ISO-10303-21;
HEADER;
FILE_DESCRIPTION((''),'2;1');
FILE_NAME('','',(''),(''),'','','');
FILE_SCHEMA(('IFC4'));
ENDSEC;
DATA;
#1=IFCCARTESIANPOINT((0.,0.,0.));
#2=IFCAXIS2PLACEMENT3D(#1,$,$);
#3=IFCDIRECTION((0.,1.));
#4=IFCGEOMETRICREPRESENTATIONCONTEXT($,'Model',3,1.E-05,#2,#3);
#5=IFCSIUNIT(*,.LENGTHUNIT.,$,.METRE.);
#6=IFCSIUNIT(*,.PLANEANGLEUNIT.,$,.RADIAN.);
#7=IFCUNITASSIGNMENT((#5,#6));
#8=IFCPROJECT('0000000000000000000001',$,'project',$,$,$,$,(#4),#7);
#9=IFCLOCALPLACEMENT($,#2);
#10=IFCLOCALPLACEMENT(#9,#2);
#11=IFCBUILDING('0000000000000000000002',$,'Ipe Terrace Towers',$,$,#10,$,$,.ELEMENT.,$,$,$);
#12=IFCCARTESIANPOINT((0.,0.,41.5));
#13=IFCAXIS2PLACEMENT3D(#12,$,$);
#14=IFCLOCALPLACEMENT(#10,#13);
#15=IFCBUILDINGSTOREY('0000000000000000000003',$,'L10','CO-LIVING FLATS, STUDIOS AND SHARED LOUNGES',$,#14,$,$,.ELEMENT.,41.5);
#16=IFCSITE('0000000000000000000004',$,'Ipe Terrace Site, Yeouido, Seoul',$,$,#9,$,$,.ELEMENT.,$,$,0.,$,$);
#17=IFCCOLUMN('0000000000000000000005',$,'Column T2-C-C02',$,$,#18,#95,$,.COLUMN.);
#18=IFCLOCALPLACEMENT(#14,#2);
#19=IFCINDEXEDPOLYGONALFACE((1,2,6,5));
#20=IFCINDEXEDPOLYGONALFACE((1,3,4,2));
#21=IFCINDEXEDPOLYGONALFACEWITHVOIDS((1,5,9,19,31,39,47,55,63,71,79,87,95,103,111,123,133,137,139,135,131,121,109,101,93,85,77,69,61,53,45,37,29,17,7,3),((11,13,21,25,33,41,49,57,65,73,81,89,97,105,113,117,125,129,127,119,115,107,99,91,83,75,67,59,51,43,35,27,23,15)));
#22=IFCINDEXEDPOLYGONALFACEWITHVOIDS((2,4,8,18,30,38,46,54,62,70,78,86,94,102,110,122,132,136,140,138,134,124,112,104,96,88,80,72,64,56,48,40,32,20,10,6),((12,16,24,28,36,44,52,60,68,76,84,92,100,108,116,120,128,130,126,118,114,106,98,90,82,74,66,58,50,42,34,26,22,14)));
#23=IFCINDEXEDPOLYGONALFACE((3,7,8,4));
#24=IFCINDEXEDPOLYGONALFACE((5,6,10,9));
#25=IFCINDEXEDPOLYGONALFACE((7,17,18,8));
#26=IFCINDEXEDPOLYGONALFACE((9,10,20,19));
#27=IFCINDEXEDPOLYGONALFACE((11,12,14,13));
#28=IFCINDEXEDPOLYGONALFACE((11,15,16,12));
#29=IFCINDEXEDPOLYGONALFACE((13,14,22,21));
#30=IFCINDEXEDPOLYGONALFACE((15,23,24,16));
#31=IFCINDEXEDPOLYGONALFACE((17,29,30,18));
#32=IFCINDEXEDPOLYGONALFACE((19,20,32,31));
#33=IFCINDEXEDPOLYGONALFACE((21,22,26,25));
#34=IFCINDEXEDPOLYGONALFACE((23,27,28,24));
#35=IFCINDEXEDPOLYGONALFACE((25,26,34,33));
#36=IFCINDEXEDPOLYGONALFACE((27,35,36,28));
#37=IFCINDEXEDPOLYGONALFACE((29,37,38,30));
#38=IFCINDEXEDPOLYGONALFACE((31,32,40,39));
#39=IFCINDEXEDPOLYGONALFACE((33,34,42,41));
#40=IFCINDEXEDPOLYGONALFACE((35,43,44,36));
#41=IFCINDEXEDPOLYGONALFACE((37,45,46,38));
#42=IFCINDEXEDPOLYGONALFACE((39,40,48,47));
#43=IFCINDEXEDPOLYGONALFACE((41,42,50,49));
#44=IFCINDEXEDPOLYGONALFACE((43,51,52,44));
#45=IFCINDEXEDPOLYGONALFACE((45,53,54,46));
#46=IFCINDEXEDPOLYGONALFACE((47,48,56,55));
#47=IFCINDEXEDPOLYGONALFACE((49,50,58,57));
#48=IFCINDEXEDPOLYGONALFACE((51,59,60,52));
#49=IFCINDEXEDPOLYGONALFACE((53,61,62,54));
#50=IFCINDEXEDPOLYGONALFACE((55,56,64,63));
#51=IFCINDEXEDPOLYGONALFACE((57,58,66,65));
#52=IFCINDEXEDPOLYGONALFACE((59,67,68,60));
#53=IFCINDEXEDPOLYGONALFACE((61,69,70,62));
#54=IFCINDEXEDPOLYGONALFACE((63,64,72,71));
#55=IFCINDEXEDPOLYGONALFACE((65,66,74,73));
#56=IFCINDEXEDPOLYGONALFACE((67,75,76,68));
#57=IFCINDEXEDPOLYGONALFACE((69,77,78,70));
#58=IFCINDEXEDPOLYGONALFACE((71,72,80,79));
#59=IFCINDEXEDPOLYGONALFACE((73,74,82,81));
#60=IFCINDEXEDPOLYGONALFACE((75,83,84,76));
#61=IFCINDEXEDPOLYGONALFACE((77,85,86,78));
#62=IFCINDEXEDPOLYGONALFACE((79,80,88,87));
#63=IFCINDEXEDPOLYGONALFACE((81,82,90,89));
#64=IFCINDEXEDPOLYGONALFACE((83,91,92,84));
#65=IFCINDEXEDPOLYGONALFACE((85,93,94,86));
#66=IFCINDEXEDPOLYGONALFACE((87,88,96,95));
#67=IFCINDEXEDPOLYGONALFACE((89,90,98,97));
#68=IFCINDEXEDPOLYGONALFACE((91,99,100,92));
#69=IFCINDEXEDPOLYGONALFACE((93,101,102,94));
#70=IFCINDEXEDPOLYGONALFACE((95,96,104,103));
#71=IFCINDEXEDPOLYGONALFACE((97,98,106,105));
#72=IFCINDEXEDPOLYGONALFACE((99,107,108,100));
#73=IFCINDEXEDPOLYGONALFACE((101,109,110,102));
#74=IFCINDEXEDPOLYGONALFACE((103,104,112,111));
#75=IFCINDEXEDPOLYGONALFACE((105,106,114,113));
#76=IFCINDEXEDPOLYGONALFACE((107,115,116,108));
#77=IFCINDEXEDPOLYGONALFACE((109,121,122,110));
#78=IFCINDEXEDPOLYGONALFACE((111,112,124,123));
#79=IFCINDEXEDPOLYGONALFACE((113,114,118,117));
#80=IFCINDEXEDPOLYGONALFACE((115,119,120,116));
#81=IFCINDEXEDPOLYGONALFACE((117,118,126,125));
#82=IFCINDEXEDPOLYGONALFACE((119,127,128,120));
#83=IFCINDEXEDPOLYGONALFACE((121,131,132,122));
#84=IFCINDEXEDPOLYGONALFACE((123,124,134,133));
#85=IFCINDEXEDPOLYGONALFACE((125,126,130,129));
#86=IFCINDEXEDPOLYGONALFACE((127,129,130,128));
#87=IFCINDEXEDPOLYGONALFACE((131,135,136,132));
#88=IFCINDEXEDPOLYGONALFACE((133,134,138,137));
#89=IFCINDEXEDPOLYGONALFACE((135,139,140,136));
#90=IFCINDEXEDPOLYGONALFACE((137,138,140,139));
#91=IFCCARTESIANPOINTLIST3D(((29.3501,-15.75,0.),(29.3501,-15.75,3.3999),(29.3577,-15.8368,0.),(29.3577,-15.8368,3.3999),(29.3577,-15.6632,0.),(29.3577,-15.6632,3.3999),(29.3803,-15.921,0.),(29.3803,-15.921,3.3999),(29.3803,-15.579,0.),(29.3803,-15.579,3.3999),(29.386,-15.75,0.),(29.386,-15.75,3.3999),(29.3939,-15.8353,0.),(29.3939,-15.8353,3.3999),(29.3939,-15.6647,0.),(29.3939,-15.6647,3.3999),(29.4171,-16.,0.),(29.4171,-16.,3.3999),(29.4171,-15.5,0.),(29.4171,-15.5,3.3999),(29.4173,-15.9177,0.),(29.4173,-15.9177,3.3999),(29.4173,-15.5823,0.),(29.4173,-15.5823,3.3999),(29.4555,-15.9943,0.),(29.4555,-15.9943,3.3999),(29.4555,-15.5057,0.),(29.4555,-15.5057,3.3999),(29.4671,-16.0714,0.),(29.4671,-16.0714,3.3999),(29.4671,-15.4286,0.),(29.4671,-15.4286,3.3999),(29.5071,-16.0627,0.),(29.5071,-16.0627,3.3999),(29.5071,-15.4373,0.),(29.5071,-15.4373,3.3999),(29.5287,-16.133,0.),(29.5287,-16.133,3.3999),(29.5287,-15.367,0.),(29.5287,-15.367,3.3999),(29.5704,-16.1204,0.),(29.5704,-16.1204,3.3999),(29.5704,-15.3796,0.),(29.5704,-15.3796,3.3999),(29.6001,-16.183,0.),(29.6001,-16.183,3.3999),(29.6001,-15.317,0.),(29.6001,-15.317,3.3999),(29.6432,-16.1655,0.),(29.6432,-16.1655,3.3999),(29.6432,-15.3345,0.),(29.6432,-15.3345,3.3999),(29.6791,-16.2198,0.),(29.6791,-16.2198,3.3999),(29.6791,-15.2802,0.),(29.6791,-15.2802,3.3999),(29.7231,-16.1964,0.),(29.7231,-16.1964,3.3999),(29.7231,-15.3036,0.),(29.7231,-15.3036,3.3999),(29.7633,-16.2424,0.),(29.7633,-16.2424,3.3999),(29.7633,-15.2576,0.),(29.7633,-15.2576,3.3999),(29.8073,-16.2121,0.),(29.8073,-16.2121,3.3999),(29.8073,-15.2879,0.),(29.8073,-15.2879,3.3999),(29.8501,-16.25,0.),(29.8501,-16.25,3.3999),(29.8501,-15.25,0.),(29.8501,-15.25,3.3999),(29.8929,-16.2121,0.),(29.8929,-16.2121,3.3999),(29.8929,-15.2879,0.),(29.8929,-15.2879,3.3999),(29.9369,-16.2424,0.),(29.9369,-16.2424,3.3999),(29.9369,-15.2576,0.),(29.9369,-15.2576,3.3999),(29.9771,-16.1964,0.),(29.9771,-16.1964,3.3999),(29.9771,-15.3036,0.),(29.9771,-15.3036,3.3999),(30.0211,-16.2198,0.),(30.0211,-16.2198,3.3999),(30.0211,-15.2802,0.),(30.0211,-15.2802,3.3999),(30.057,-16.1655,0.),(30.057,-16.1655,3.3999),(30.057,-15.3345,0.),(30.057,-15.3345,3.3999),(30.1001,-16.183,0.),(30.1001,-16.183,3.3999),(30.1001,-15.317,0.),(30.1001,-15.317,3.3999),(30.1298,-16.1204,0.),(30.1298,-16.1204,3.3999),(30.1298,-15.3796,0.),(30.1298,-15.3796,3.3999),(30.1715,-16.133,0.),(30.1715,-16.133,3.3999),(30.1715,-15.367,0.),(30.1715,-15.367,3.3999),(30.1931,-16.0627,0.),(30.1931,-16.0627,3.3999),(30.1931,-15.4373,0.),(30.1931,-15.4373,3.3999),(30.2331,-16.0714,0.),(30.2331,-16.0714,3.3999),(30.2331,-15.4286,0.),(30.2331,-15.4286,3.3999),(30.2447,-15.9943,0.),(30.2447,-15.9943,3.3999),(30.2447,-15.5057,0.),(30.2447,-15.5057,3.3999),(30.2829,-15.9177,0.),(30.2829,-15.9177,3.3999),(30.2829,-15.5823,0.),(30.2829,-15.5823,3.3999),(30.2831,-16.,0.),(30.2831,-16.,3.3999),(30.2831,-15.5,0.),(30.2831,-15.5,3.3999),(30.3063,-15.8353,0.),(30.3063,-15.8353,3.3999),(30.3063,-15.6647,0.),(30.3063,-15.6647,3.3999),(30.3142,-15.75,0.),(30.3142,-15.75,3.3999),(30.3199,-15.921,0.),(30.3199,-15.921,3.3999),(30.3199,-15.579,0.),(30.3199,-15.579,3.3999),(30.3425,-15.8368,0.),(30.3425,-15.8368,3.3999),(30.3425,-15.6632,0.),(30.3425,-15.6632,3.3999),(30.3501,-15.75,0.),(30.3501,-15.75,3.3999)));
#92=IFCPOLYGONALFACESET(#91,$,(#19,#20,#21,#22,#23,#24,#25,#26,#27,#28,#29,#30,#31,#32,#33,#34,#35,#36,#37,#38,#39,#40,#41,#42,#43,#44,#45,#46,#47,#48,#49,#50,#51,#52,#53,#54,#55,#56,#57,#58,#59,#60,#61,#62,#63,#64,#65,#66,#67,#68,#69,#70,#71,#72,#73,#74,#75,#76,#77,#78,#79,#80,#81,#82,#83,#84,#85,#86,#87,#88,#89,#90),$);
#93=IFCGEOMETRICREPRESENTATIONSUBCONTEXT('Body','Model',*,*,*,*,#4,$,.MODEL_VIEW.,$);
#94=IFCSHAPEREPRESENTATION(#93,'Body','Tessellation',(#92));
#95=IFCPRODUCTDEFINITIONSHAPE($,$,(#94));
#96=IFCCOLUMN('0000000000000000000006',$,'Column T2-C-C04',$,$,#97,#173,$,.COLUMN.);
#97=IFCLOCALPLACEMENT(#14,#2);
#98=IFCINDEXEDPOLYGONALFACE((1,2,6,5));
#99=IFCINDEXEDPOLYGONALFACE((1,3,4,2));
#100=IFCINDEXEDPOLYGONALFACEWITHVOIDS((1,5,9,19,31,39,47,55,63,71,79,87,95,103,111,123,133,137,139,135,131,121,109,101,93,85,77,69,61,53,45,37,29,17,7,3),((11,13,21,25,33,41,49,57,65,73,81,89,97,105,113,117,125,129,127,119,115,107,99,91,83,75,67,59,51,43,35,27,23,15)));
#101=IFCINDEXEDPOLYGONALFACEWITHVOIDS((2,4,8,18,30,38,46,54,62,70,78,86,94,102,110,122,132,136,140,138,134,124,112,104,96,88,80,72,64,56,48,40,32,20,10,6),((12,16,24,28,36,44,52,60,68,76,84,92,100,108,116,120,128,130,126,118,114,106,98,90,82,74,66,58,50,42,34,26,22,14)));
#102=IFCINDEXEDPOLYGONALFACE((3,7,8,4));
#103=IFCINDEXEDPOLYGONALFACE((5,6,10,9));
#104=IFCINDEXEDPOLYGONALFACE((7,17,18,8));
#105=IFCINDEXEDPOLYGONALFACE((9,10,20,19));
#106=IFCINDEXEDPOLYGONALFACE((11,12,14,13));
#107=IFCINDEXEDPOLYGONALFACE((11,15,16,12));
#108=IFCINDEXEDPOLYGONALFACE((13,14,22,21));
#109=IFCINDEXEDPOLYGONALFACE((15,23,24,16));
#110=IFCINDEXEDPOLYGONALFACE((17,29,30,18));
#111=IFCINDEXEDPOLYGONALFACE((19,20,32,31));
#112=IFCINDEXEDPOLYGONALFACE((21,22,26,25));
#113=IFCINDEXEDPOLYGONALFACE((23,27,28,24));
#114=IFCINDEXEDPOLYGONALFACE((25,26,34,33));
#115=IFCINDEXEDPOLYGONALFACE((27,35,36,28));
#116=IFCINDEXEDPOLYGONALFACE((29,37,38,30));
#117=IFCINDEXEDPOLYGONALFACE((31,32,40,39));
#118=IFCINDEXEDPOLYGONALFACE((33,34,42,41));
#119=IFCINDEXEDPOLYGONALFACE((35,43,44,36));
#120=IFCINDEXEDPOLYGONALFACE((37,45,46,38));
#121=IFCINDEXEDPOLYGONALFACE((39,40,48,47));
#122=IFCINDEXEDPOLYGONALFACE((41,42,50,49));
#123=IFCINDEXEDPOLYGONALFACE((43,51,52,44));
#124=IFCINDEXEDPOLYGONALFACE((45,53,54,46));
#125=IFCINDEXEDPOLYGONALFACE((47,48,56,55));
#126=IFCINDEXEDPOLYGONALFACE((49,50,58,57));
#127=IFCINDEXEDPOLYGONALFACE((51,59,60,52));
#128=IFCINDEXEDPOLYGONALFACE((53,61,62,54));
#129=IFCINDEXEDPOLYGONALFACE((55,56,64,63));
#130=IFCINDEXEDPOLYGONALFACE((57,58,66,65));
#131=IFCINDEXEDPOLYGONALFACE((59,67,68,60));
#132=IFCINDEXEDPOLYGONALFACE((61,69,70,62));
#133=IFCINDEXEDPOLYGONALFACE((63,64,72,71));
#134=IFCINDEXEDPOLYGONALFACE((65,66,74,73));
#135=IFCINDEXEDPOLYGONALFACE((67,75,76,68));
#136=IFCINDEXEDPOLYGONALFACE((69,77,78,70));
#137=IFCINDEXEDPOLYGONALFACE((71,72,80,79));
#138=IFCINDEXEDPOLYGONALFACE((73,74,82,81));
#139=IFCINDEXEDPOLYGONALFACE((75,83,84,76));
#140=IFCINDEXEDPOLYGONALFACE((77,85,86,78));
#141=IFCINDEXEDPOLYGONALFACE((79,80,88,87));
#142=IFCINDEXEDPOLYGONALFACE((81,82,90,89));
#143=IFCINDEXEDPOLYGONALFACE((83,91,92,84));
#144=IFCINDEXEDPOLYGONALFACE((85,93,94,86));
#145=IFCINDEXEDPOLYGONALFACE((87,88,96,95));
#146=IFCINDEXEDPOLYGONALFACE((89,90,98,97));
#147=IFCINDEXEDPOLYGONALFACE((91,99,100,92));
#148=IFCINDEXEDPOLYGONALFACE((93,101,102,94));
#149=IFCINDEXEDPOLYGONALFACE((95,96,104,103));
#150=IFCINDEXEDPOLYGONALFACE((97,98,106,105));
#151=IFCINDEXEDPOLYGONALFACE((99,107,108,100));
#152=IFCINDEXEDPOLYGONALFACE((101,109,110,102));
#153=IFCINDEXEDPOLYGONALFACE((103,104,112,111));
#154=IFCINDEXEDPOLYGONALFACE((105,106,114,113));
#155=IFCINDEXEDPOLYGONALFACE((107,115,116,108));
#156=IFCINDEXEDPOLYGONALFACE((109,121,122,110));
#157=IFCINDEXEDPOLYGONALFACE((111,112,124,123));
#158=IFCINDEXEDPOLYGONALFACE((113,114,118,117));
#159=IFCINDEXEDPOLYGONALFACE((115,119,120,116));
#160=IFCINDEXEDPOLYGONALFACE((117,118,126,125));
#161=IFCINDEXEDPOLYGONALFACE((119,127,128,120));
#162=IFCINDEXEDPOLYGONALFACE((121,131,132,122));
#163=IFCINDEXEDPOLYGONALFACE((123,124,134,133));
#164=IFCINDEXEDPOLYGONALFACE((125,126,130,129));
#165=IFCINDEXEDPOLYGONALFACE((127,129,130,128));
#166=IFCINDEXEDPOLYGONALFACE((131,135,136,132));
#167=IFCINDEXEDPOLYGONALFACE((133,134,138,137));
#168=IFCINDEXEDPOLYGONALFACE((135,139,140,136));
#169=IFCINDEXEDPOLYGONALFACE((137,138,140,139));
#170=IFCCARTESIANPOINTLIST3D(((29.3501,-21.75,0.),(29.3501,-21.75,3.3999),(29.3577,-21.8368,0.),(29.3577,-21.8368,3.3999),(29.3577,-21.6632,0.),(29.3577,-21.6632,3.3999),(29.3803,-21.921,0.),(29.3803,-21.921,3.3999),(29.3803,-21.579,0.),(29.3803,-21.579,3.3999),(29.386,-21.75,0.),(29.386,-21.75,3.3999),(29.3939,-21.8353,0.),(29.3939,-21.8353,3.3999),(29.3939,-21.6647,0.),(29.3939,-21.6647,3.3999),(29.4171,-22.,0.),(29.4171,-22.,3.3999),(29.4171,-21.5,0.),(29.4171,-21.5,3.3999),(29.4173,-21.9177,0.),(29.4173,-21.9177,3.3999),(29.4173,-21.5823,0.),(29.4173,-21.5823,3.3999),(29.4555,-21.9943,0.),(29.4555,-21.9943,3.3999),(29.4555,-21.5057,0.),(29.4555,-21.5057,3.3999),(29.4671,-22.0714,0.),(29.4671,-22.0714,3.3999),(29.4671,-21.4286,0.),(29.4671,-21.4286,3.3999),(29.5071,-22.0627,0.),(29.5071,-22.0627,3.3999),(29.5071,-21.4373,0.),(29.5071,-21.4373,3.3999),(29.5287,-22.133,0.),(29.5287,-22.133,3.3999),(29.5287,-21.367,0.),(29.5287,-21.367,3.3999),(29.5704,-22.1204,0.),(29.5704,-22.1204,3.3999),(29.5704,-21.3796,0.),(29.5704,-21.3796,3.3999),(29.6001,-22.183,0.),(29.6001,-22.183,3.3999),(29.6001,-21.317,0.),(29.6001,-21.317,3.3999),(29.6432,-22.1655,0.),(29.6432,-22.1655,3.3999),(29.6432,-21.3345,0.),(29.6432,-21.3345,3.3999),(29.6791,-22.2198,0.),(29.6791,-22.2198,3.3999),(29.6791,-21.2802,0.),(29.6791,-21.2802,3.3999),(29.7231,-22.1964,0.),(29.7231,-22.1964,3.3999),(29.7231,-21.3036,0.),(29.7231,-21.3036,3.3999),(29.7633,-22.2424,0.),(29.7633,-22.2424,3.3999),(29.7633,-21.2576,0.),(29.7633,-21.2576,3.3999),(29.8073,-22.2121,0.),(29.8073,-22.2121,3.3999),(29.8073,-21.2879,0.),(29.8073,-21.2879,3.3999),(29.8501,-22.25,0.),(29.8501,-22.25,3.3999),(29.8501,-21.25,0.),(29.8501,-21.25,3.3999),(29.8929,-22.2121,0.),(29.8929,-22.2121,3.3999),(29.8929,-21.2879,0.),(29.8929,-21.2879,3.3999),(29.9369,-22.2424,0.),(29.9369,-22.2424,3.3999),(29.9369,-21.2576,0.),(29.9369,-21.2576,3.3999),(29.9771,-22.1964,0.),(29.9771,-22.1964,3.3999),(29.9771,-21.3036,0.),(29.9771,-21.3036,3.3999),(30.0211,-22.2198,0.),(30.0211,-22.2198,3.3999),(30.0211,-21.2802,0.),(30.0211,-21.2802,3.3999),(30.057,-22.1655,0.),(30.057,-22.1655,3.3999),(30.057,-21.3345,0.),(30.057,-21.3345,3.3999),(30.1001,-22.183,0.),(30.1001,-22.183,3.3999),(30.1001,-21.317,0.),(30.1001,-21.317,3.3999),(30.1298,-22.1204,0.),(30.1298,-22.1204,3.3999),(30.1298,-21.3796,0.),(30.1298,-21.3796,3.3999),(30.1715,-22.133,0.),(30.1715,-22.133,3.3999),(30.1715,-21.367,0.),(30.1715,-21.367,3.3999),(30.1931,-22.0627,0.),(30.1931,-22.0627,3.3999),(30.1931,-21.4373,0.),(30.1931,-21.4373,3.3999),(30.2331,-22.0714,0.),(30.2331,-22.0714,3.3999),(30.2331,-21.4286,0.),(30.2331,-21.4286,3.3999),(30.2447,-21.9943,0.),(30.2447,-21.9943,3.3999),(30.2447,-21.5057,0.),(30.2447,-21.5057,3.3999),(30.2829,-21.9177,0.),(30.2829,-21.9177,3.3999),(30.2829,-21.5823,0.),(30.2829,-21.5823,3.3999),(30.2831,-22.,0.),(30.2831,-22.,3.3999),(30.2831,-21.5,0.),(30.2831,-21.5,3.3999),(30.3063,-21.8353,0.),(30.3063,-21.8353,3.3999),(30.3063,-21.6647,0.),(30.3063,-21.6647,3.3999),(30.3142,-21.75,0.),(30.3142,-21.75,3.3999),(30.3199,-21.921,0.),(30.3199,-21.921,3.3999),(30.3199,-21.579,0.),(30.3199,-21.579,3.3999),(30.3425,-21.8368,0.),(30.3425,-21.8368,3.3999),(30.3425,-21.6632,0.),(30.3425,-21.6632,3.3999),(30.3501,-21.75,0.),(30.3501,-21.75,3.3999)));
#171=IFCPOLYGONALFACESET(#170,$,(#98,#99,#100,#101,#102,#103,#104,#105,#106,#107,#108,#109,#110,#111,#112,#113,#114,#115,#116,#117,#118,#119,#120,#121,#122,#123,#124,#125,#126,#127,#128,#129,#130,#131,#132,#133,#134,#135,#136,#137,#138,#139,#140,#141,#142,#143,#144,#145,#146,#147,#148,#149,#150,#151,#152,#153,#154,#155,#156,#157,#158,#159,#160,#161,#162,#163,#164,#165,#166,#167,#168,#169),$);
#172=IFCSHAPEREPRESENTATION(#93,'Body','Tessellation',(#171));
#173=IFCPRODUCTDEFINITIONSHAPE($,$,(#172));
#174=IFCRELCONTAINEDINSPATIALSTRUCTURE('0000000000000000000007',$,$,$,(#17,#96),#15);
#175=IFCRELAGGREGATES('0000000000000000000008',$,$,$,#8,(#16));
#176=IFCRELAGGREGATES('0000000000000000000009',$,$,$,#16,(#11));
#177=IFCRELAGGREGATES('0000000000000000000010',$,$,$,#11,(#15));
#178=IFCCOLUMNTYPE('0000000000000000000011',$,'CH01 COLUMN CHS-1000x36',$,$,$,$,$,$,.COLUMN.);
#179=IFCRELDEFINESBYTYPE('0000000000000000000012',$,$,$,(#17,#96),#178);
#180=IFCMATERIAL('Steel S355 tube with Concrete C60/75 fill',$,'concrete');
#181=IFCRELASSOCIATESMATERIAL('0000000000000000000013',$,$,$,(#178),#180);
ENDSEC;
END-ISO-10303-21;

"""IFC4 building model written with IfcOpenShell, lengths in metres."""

from ifc_helpers import new_model, si_unit, direction, frame, origin, origin_2d, place, context, subcontext, project, spatial, hollow_circle, extrude, material, material_profile, profile_set, type_object, element, save


model = new_model("IFC4")

# Units and contexts
model_context = context("Model", 3, precision=1e-05, world=origin(), true_north=direction((0.0, 1.0)))
body_context = subcontext(model_context, "Body", "Model", "MODEL_VIEW")
ifc_project = project(units=[si_unit("LENGTHUNIT", "METRE"), si_unit("PLANEANGLEUNIT", "RADIAN")], contexts=[model_context])

# Site, building, storey
site_placement = place(None, origin())
site = spatial("IfcSite", under=ifc_project, at=site_placement, Name="Ipe Terrace Site, Yeouido, Seoul", CompositionType="ELEMENT", RefElevation=0.0)
building_placement = place(site_placement, origin())
building = spatial("IfcBuilding", under=site, at=building_placement, Name="Ipe Terrace Towers", CompositionType="ELEMENT")
storey_placement = place(building_placement, frame((0.0, 0.0, 41.5)))
storey = spatial("IfcBuildingStorey", under=building, at=storey_placement, Name="L10", Description="CO-LIVING FLATS, STUDIOS AND SHARED LOUNGES", CompositionType="ELEMENT", Elevation=41.5)

# Columns
ifc_material_1 = material(Name="Steel S355 tube with Concrete C60/75 fill", Category="concrete")
ifc_material_profile_1 = material_profile(ifc_material_1, hollow_circle(Radius=0.5, WallThickness=0.0359, at=origin_2d()), Name="CHS-1000x36")
ifc_profile_set_1 = profile_set([ifc_material_profile_1], Name="Steel S355 tube with Concrete C60/75 fill")
column_type_1 = type_object("IfcColumnType", Name="CH01 COLUMN CHS-1000x36", PredefinedType="COLUMN", material=ifc_profile_set_1)
for number, where, z_axis, x_axis, name in (
    (1, (29.8501, -15.75, 0.0), (0.0, 0.0, 1.0), (1.0, 0.0, 0.0), "Column T2-C-C02"),
    (2, (29.8501, -21.75, 0.0), (0.0, 0.0, 1.0), (1.0, 0.0, 0.0), "Column T2-C-C04"),
):
    element("IfcColumn", number, at=place(storey_placement, frame(where, z_axis=z_axis, x_axis=x_axis)), inside=storey, type_object=column_type_1, Name=name, PredefinedType="COLUMN", context=body_context, shape_type="SweptSolid", body=[
        extrude(hollow_circle(Radius=0.5, WallThickness=0.0359, at=origin_2d()), origin(), (0.0, 0.0, 1.0), 3.3999),
    ])

save(model, "model.ifc")
